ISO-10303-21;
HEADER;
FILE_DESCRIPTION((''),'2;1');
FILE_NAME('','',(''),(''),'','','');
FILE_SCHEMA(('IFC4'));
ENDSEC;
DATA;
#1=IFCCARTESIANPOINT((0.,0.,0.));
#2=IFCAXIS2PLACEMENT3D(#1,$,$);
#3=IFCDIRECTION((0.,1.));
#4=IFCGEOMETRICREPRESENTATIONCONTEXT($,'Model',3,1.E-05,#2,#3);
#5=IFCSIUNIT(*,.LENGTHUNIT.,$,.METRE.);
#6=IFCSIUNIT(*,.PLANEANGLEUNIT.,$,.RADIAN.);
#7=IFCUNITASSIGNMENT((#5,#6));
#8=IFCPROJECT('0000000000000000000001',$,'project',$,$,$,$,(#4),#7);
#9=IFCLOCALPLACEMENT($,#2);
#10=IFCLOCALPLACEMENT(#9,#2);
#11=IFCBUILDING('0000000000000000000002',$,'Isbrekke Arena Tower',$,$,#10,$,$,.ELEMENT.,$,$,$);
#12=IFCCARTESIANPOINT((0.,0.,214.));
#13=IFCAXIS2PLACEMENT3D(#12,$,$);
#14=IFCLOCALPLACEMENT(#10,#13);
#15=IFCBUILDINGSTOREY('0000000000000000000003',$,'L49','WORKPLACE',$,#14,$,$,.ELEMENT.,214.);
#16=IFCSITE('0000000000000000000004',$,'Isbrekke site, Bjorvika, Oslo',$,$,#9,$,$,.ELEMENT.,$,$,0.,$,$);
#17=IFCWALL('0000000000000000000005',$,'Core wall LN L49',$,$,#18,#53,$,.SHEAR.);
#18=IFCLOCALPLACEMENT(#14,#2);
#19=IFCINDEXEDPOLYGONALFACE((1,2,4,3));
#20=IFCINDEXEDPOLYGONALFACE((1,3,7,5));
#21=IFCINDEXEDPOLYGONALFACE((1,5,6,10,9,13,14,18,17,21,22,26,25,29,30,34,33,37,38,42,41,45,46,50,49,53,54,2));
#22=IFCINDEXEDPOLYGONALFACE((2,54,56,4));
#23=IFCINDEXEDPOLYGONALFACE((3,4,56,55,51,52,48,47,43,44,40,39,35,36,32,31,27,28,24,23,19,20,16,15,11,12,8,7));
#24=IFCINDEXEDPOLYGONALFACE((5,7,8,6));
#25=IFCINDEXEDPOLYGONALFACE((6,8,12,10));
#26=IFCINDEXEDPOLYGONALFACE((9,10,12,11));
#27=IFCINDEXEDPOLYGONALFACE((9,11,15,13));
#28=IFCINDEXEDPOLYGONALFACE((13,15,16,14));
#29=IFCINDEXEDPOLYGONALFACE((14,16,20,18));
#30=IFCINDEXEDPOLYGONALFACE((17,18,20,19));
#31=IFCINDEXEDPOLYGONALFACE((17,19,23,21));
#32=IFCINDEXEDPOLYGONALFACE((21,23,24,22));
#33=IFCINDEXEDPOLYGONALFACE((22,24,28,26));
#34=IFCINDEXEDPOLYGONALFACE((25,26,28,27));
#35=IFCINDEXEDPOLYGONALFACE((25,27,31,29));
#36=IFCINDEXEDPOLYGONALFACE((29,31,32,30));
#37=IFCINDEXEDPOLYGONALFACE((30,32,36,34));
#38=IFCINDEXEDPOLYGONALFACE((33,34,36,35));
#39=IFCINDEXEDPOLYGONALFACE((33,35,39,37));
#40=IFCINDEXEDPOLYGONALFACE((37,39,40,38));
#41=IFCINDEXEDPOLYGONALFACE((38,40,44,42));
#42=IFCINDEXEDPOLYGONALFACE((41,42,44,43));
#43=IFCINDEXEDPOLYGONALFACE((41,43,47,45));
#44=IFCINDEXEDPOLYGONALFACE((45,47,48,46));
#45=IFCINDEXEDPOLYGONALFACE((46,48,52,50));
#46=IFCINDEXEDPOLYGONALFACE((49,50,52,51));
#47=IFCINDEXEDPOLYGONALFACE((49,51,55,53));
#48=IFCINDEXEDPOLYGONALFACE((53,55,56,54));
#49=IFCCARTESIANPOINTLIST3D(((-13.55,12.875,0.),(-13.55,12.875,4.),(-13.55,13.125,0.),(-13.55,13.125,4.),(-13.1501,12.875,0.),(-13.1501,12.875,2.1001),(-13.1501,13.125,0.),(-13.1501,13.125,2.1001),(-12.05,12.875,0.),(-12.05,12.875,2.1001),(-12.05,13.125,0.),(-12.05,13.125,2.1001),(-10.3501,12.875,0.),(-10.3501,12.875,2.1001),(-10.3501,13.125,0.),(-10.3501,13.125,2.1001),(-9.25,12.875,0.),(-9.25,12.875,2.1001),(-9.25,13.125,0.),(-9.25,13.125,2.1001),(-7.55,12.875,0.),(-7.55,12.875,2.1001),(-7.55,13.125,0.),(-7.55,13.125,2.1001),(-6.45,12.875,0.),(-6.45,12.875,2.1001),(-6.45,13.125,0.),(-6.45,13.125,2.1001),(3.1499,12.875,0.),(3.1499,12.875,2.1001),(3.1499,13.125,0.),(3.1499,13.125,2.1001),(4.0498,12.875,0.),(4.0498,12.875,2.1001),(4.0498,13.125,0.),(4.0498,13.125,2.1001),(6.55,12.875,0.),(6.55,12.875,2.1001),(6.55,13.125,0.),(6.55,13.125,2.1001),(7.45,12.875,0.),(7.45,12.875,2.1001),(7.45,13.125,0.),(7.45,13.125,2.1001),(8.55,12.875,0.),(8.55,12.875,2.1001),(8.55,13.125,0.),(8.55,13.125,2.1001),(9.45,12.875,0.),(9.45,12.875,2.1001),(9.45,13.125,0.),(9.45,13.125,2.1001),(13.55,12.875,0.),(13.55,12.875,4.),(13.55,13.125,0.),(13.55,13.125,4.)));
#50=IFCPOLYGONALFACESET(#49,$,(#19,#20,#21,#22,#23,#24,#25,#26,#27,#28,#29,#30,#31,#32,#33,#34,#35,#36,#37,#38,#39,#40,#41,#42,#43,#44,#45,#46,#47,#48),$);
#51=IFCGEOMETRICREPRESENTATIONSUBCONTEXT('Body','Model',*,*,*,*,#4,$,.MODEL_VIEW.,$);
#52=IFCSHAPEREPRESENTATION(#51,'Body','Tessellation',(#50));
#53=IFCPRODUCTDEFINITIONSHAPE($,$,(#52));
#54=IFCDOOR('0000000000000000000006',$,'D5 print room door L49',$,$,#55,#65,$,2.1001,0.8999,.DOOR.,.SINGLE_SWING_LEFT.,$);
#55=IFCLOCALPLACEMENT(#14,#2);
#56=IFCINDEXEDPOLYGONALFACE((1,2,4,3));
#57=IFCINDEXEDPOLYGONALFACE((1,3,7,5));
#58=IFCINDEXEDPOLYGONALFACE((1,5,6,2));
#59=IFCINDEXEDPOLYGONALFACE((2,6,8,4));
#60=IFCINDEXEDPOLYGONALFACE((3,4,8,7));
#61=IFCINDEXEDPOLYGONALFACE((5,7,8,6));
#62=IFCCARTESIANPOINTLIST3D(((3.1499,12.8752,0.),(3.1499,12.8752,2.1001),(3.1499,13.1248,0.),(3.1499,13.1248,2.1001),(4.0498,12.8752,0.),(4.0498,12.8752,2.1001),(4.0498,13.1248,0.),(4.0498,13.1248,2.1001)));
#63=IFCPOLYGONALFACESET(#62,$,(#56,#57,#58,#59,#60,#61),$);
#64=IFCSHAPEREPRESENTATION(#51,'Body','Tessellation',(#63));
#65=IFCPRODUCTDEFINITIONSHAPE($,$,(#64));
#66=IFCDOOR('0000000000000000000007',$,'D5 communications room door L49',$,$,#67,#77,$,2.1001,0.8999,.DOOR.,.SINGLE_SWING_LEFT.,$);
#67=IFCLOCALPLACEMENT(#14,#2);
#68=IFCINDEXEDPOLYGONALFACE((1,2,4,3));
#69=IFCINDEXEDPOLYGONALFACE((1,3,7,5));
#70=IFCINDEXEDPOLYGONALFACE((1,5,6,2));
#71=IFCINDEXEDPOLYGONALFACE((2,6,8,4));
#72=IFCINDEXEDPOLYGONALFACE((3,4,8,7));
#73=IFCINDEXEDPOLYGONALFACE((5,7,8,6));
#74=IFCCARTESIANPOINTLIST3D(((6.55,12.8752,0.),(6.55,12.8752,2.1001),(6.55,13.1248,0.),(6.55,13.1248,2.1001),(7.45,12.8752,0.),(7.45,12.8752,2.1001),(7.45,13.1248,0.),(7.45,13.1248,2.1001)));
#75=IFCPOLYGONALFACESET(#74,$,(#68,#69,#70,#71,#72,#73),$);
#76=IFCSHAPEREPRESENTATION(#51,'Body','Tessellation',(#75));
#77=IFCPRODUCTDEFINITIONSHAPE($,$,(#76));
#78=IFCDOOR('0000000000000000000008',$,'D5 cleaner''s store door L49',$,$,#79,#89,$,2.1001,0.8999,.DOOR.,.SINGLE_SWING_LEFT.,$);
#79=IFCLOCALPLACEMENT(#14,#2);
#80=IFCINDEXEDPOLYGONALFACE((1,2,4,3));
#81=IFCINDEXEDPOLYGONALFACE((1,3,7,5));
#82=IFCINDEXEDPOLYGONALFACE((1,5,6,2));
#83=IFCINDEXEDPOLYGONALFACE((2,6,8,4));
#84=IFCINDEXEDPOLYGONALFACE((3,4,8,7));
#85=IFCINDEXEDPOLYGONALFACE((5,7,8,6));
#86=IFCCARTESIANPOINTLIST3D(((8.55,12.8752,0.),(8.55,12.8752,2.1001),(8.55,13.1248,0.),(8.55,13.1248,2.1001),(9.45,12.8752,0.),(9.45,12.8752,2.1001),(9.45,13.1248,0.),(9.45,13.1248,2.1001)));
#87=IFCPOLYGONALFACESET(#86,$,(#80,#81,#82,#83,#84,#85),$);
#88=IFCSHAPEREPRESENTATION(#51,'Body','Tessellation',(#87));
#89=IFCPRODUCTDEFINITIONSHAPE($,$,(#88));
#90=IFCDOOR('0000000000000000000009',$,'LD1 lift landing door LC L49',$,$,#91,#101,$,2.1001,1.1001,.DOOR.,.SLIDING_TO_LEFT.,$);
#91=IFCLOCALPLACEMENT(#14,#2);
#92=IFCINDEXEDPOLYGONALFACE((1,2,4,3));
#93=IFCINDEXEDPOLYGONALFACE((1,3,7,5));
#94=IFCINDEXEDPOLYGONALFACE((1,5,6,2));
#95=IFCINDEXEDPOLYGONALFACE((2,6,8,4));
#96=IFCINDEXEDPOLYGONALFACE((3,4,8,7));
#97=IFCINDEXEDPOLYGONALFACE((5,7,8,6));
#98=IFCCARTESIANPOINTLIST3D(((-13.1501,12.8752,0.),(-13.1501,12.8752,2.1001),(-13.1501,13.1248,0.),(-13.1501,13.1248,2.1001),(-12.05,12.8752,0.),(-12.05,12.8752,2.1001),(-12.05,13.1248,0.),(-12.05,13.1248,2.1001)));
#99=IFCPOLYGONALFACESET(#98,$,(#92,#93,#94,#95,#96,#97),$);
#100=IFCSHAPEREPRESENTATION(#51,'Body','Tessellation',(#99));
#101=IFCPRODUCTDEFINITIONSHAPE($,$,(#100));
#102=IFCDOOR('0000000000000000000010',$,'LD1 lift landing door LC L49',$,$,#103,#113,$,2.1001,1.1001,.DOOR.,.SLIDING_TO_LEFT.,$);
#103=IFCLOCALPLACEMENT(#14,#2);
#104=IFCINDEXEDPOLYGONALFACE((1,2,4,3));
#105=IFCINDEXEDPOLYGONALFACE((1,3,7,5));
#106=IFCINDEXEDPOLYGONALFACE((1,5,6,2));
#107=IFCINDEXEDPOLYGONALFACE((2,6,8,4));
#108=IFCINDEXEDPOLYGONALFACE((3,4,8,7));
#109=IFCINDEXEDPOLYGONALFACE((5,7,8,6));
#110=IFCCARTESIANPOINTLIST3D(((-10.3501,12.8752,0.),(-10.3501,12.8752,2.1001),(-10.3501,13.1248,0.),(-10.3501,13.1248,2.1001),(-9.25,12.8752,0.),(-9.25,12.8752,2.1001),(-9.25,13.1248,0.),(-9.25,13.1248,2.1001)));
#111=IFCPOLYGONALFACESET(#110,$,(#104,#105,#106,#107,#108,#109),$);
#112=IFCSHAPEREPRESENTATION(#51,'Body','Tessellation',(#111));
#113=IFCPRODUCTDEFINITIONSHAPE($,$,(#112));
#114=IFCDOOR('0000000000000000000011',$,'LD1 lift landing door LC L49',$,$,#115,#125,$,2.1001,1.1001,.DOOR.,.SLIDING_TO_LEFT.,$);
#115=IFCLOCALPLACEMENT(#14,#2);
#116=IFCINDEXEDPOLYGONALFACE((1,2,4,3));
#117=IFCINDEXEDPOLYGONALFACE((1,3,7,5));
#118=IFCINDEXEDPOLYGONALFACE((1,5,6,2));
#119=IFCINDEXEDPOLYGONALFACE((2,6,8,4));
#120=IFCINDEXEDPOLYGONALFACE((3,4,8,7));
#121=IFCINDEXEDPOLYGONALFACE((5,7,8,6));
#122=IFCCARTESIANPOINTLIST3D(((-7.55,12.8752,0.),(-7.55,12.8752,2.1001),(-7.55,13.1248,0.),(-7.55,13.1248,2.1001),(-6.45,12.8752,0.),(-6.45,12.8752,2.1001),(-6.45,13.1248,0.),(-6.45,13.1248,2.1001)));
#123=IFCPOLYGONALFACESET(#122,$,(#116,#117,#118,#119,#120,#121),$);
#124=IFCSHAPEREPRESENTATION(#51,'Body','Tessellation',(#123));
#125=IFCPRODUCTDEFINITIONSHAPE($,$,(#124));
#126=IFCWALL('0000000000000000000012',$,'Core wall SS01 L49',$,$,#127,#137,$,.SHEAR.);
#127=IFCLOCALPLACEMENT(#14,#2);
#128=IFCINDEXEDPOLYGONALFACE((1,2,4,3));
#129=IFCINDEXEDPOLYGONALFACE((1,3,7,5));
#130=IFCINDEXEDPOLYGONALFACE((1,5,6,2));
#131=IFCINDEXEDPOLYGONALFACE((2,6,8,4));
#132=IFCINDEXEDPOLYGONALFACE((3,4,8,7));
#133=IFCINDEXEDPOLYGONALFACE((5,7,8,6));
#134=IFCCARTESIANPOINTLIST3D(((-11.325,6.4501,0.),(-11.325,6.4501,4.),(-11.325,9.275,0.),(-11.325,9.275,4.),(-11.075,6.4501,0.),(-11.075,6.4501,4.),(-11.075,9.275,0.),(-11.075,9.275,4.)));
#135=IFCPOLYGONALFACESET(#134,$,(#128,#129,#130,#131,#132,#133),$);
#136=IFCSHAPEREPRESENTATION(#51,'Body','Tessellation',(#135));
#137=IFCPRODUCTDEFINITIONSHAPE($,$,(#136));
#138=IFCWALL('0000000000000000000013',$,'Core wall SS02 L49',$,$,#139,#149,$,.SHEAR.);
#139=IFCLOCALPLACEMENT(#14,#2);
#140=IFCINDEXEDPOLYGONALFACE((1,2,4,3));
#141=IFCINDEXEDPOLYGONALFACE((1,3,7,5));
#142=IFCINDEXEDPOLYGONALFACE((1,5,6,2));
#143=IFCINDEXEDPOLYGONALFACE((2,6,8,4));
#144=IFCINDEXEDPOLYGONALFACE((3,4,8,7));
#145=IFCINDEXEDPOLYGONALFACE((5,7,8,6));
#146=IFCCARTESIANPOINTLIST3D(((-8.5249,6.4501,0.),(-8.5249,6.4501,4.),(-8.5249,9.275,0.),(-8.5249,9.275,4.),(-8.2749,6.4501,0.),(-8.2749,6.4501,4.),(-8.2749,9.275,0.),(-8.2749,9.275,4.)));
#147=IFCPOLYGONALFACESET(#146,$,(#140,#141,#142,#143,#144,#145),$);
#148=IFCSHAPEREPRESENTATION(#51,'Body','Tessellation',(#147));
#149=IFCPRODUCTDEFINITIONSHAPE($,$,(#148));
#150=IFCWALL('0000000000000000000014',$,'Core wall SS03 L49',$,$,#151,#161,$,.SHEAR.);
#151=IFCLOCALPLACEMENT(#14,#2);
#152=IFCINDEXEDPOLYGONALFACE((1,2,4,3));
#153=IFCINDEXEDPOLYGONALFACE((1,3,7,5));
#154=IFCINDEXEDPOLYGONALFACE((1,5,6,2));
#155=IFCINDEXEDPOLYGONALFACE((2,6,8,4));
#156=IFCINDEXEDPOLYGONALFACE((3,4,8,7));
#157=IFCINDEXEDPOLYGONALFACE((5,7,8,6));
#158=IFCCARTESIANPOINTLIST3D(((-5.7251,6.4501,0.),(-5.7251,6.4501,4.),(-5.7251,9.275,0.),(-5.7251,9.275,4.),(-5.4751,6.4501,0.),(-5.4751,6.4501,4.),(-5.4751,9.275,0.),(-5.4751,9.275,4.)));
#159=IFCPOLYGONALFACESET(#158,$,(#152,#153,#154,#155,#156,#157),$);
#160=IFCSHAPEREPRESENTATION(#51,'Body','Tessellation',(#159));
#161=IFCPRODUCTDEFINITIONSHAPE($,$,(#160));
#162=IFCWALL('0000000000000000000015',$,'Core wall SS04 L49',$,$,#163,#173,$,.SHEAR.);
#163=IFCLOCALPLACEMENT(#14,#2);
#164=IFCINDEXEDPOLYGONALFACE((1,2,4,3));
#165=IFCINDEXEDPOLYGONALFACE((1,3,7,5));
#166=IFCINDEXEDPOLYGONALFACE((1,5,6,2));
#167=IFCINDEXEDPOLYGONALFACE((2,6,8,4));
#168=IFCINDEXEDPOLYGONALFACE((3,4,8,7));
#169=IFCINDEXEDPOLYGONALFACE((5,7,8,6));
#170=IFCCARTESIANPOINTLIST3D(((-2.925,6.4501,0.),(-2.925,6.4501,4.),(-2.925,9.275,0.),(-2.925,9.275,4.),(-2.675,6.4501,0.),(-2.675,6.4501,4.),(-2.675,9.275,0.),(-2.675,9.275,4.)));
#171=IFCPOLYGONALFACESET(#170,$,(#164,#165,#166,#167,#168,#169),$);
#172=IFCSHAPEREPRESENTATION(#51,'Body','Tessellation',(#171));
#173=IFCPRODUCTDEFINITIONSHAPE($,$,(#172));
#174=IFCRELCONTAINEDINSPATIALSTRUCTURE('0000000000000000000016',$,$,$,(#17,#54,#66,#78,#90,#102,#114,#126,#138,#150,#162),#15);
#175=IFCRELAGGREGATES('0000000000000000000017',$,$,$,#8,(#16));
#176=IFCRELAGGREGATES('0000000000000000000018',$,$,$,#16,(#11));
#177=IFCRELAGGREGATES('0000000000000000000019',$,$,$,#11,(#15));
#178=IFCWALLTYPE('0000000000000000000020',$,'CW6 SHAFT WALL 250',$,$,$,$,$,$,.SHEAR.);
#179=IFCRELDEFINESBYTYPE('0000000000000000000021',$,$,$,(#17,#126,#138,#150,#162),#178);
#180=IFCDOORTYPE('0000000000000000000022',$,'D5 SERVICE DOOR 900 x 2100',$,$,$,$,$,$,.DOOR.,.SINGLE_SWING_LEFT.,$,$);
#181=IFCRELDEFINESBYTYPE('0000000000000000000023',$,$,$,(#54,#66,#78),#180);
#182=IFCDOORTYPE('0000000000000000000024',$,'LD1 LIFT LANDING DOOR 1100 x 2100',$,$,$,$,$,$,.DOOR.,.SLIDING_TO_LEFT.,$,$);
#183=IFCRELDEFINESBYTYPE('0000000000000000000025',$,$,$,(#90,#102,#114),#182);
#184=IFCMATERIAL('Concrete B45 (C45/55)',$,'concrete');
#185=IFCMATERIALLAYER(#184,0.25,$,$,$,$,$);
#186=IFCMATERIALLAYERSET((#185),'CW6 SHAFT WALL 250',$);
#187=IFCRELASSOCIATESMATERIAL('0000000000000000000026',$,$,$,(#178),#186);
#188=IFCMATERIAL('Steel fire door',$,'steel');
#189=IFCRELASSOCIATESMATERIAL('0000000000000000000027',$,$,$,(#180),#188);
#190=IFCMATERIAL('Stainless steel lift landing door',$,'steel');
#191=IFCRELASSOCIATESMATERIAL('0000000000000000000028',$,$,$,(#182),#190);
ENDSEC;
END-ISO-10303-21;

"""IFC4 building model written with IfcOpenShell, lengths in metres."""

from ifc_helpers import new_model, si_unit, direction, frame, frame_2d, origin, place, context, subcontext, project, spatial, rectangle, extrude, material, layer, layer_set, type_object, element, fill, save


model = new_model("IFC4")

# Units and contexts
model_context = context("Model", 3, precision=1e-05, world=origin(), true_north=direction((0.0, 1.0)))
body_context = subcontext(model_context, "Body", "Model", "MODEL_VIEW")
ifc_project = project(units=[si_unit("LENGTHUNIT", "METRE"), si_unit("PLANEANGLEUNIT", "RADIAN")], contexts=[model_context])

# Site, building, storey
site_placement = place(None, origin())
site = spatial("IfcSite", under=ifc_project, at=site_placement, Name="Isbrekke site, Bjorvika, Oslo", CompositionType="ELEMENT", RefElevation=0.0)
building_placement = place(site_placement, origin())
building = spatial("IfcBuilding", under=site, at=building_placement, Name="Isbrekke Arena Tower", CompositionType="ELEMENT")
storey_placement = place(building_placement, frame((0.0, 0.0, 214.0)))
storey = spatial("IfcBuildingStorey", under=building, at=storey_placement, Name="L49", Description="WORKPLACE", CompositionType="ELEMENT", Elevation=214.0)

# Wall, openings, doors
ifc_material_1 = material(Name="Concrete B45 (C45/55)", Category="concrete")
ifc_layer_1 = layer(ifc_material_1, 0.25)
ifc_layer_set_1 = layer_set([ifc_layer_1], Name="CW6 SHAFT WALL 250")
wall_type_1 = type_object("IfcWallType", Name="CW6 SHAFT WALL 250", PredefinedType="SHEAR", material=ifc_layer_set_1)
ifc_material_2 = material(Name="Steel fire door", Category="steel")
door_type_1 = type_object("IfcDoorType", Name="D5 SERVICE DOOR 900 x 2100", OperationType="SINGLE_SWING_LEFT", PredefinedType="DOOR", material=ifc_material_2)
ifc_material_3 = material(Name="Stainless steel lift landing door", Category="steel")
door_type_2 = type_object("IfcDoorType", Name="LD1 LIFT LANDING DOOR 1100 x 2100", OperationType="SLIDING_TO_LEFT", PredefinedType="DOOR", material=ifc_material_3)
wall_1_placement = place(storey_placement, frame((-13.55, 13.0, 0.0), z_axis=(0.0, 0.0, 1.0), x_axis=(1.0, 0.0, 0.0)))
wall_1 = element("IfcWall", 1, at=wall_1_placement, inside=storey, type_object=wall_type_1, Name="Core wall LN L49", PredefinedType="SHEAR", context=body_context, shape_type="SweptSolid", body=[
    extrude(rectangle(XDim=27.1001, YDim=0.25, at=frame_2d((13.55, 0.0))), origin(), (0.0, 0.0, 1.0), 4.0),
])
opening_1_placement = place(wall_1_placement, frame((0.3999, 0.0, 0.0)))
opening_1 = element("IfcOpeningElement", 2, at=opening_1_placement, cuts=wall_1, PredefinedType="OPENING", context=body_context, shape_type="SweptSolid", body=[
    extrude(rectangle(XDim=1.1001, YDim=2.1001, at=frame_2d((0.55, 1.05))), frame((0.0, 0.1399, 0.0), z_axis=(0.0, -1.0, 0.0), x_axis=(1.0, 0.0, 0.0)), (0.0, 0.0, 1.0), 0.2798),
])
opening_2_placement = place(wall_1_placement, frame((3.2, 0.0, 0.0)))
opening_2 = element("IfcOpeningElement", 3, at=opening_2_placement, cuts=wall_1, PredefinedType="OPENING", context=body_context, shape_type="SweptSolid", body=[
    extrude(rectangle(XDim=1.1001, YDim=2.1001, at=frame_2d((0.55, 1.05))), frame((0.0, 0.1399, 0.0), z_axis=(0.0, -1.0, 0.0), x_axis=(1.0, 0.0, 0.0)), (0.0, 0.0, 1.0), 0.2798),
])
opening_3_placement = place(wall_1_placement, frame((6.0, 0.0, 0.0)))
opening_3 = element("IfcOpeningElement", 4, at=opening_3_placement, cuts=wall_1, PredefinedType="OPENING", context=body_context, shape_type="SweptSolid", body=[
    extrude(rectangle(XDim=1.1001, YDim=2.1001, at=frame_2d((0.55, 1.05))), frame((0.0, 0.1399, 0.0), z_axis=(0.0, -1.0, 0.0), x_axis=(1.0, 0.0, 0.0)), (0.0, 0.0, 1.0), 0.2798),
])
opening_4_placement = place(wall_1_placement, frame((16.7, 0.0, 0.0)))
opening_4 = element("IfcOpeningElement", 5, at=opening_4_placement, cuts=wall_1, PredefinedType="OPENING", context=body_context, shape_type="SweptSolid", body=[
    extrude(rectangle(XDim=0.8999, YDim=2.1001, at=frame_2d((0.45, 1.05))), frame((0.0, 0.1399, 0.0), z_axis=(0.0, -1.0, 0.0), x_axis=(1.0, 0.0, 0.0)), (0.0, 0.0, 1.0), 0.2798),
])
opening_5_placement = place(wall_1_placement, frame((20.1001, 0.0, 0.0)))
opening_5 = element("IfcOpeningElement", 6, at=opening_5_placement, cuts=wall_1, PredefinedType="OPENING", context=body_context, shape_type="SweptSolid", body=[
    extrude(rectangle(XDim=0.8999, YDim=2.1001, at=frame_2d((0.45, 1.05))), frame((0.0, 0.1399, 0.0), z_axis=(0.0, -1.0, 0.0), x_axis=(1.0, 0.0, 0.0)), (0.0, 0.0, 1.0), 0.2798),
])
opening_6_placement = place(wall_1_placement, frame((22.1001, 0.0, 0.0)))
opening_6 = element("IfcOpeningElement", 7, at=opening_6_placement, cuts=wall_1, PredefinedType="OPENING", context=body_context, shape_type="SweptSolid", body=[
    extrude(rectangle(XDim=0.8999, YDim=2.1001, at=frame_2d((0.45, 1.05))), frame((0.0, 0.1399, 0.0), z_axis=(0.0, -1.0, 0.0), x_axis=(1.0, 0.0, 0.0)), (0.0, 0.0, 1.0), 0.2798),
])
door_1_placement = place(opening_4_placement, origin())
door_1 = element("IfcDoor", 8, at=door_1_placement, inside=storey, type_object=door_type_1, Name="D5 print room door L49", OperationType="SINGLE_SWING_LEFT", OverallHeight=2.1001, OverallWidth=0.8999, PredefinedType="DOOR", context=body_context, shape_type="SweptSolid", body=[
    extrude(rectangle(XDim=0.8999, YDim=2.1001, at=frame_2d((0.45, 1.05))), frame((0.0, 0.1248, 0.0), z_axis=(0.0, -1.0, 0.0), x_axis=(1.0, 0.0, 0.0)), (0.0, 0.0, 1.0), 0.2495),
])
fill(opening_4, door_1)
door_2_placement = place(opening_5_placement, origin())
door_2 = element("IfcDoor", 9, at=door_2_placement, inside=storey, type_object=door_type_1, Name="D5 communications room door L49", OperationType="SINGLE_SWING_LEFT", OverallHeight=2.1001, OverallWidth=0.8999, PredefinedType="DOOR", context=body_context, shape_type="SweptSolid", body=[
    extrude(rectangle(XDim=0.8999, YDim=2.1001, at=frame_2d((0.45, 1.05))), frame((0.0, 0.1248, 0.0), z_axis=(0.0, -1.0, 0.0), x_axis=(1.0, 0.0, 0.0)), (0.0, 0.0, 1.0), 0.2495),
])
fill(opening_5, door_2)
door_3_placement = place(opening_6_placement, origin())
door_3 = element("IfcDoor", 10, at=door_3_placement, inside=storey, type_object=door_type_1, Name="D5 cleaner's store door L49", OperationType="SINGLE_SWING_LEFT", OverallHeight=2.1001, OverallWidth=0.8999, PredefinedType="DOOR", context=body_context, shape_type="SweptSolid", body=[
    extrude(rectangle(XDim=0.8999, YDim=2.1001, at=frame_2d((0.45, 1.05))), frame((0.0, 0.1248, 0.0), z_axis=(0.0, -1.0, 0.0), x_axis=(1.0, 0.0, 0.0)), (0.0, 0.0, 1.0), 0.2495),
])
fill(opening_6, door_3)
door_4_placement = place(opening_1_placement, origin())
door_4 = element("IfcDoor", 11, at=door_4_placement, inside=storey, type_object=door_type_2, Name="LD1 lift landing door LC L49", OperationType="SLIDING_TO_LEFT", OverallHeight=2.1001, OverallWidth=1.1001, PredefinedType="DOOR", context=body_context, shape_type="SweptSolid", body=[
    extrude(rectangle(XDim=1.1001, YDim=2.1001, at=frame_2d((0.55, 1.05))), frame((0.0, 0.1248, 0.0), z_axis=(0.0, -1.0, 0.0), x_axis=(1.0, 0.0, 0.0)), (0.0, 0.0, 1.0), 0.2495),
])
fill(opening_1, door_4)
door_5_placement = place(opening_2_placement, origin())
door_5 = element("IfcDoor", 12, at=door_5_placement, inside=storey, type_object=door_type_2, Name="LD1 lift landing door LC L49", OperationType="SLIDING_TO_LEFT", OverallHeight=2.1001, OverallWidth=1.1001, PredefinedType="DOOR", context=body_context, shape_type="SweptSolid", body=[
    extrude(rectangle(XDim=1.1001, YDim=2.1001, at=frame_2d((0.55, 1.05))), frame((0.0, 0.1248, 0.0), z_axis=(0.0, -1.0, 0.0), x_axis=(1.0, 0.0, 0.0)), (0.0, 0.0, 1.0), 0.2495),
])
fill(opening_2, door_5)
door_6_placement = place(opening_3_placement, origin())
door_6 = element("IfcDoor", 13, at=door_6_placement, inside=storey, type_object=door_type_2, Name="LD1 lift landing door LC L49", OperationType="SLIDING_TO_LEFT", OverallHeight=2.1001, OverallWidth=1.1001, PredefinedType="DOOR", context=body_context, shape_type="SweptSolid", body=[
    extrude(rectangle(XDim=1.1001, YDim=2.1001, at=frame_2d((0.55, 1.05))), frame((0.0, 0.1248, 0.0), z_axis=(0.0, -1.0, 0.0), x_axis=(1.0, 0.0, 0.0)), (0.0, 0.0, 1.0), 0.2495),
])
fill(opening_3, door_6)

# Walls
for number, where, z_axis, x_axis, name in (
    (14, (-11.2, 6.45, 0.0), (0.0, 0.0, 1.0), (0.0, 1.0, 0.0), "Core wall SS01 L49"),
    (15, (-8.3999, 6.45, 0.0), (0.0, 0.0, 1.0), (0.0, 1.0, 0.0), "Core wall SS02 L49"),
    (16, (-5.6001, 6.45, 0.0), (0.0, 0.0, 1.0), (0.0, 1.0, 0.0), "Core wall SS03 L49"),
    (17, (-2.8, 6.45, 0.0), (0.0, 0.0, 1.0), (0.0, 1.0, 0.0), "Core wall SS04 L49"),
):
    element("IfcWall", number, at=place(storey_placement, frame(where, z_axis=z_axis, x_axis=x_axis)), inside=storey, type_object=wall_type_1, Name=name, PredefinedType="SHEAR", context=body_context, shape_type="SweptSolid", body=[
        extrude(rectangle(XDim=2.825, YDim=0.25, at=frame_2d((1.4126, 0.0))), origin(), (0.0, 0.0, 1.0), 4.0),
    ])

save(model, "model.ifc")
